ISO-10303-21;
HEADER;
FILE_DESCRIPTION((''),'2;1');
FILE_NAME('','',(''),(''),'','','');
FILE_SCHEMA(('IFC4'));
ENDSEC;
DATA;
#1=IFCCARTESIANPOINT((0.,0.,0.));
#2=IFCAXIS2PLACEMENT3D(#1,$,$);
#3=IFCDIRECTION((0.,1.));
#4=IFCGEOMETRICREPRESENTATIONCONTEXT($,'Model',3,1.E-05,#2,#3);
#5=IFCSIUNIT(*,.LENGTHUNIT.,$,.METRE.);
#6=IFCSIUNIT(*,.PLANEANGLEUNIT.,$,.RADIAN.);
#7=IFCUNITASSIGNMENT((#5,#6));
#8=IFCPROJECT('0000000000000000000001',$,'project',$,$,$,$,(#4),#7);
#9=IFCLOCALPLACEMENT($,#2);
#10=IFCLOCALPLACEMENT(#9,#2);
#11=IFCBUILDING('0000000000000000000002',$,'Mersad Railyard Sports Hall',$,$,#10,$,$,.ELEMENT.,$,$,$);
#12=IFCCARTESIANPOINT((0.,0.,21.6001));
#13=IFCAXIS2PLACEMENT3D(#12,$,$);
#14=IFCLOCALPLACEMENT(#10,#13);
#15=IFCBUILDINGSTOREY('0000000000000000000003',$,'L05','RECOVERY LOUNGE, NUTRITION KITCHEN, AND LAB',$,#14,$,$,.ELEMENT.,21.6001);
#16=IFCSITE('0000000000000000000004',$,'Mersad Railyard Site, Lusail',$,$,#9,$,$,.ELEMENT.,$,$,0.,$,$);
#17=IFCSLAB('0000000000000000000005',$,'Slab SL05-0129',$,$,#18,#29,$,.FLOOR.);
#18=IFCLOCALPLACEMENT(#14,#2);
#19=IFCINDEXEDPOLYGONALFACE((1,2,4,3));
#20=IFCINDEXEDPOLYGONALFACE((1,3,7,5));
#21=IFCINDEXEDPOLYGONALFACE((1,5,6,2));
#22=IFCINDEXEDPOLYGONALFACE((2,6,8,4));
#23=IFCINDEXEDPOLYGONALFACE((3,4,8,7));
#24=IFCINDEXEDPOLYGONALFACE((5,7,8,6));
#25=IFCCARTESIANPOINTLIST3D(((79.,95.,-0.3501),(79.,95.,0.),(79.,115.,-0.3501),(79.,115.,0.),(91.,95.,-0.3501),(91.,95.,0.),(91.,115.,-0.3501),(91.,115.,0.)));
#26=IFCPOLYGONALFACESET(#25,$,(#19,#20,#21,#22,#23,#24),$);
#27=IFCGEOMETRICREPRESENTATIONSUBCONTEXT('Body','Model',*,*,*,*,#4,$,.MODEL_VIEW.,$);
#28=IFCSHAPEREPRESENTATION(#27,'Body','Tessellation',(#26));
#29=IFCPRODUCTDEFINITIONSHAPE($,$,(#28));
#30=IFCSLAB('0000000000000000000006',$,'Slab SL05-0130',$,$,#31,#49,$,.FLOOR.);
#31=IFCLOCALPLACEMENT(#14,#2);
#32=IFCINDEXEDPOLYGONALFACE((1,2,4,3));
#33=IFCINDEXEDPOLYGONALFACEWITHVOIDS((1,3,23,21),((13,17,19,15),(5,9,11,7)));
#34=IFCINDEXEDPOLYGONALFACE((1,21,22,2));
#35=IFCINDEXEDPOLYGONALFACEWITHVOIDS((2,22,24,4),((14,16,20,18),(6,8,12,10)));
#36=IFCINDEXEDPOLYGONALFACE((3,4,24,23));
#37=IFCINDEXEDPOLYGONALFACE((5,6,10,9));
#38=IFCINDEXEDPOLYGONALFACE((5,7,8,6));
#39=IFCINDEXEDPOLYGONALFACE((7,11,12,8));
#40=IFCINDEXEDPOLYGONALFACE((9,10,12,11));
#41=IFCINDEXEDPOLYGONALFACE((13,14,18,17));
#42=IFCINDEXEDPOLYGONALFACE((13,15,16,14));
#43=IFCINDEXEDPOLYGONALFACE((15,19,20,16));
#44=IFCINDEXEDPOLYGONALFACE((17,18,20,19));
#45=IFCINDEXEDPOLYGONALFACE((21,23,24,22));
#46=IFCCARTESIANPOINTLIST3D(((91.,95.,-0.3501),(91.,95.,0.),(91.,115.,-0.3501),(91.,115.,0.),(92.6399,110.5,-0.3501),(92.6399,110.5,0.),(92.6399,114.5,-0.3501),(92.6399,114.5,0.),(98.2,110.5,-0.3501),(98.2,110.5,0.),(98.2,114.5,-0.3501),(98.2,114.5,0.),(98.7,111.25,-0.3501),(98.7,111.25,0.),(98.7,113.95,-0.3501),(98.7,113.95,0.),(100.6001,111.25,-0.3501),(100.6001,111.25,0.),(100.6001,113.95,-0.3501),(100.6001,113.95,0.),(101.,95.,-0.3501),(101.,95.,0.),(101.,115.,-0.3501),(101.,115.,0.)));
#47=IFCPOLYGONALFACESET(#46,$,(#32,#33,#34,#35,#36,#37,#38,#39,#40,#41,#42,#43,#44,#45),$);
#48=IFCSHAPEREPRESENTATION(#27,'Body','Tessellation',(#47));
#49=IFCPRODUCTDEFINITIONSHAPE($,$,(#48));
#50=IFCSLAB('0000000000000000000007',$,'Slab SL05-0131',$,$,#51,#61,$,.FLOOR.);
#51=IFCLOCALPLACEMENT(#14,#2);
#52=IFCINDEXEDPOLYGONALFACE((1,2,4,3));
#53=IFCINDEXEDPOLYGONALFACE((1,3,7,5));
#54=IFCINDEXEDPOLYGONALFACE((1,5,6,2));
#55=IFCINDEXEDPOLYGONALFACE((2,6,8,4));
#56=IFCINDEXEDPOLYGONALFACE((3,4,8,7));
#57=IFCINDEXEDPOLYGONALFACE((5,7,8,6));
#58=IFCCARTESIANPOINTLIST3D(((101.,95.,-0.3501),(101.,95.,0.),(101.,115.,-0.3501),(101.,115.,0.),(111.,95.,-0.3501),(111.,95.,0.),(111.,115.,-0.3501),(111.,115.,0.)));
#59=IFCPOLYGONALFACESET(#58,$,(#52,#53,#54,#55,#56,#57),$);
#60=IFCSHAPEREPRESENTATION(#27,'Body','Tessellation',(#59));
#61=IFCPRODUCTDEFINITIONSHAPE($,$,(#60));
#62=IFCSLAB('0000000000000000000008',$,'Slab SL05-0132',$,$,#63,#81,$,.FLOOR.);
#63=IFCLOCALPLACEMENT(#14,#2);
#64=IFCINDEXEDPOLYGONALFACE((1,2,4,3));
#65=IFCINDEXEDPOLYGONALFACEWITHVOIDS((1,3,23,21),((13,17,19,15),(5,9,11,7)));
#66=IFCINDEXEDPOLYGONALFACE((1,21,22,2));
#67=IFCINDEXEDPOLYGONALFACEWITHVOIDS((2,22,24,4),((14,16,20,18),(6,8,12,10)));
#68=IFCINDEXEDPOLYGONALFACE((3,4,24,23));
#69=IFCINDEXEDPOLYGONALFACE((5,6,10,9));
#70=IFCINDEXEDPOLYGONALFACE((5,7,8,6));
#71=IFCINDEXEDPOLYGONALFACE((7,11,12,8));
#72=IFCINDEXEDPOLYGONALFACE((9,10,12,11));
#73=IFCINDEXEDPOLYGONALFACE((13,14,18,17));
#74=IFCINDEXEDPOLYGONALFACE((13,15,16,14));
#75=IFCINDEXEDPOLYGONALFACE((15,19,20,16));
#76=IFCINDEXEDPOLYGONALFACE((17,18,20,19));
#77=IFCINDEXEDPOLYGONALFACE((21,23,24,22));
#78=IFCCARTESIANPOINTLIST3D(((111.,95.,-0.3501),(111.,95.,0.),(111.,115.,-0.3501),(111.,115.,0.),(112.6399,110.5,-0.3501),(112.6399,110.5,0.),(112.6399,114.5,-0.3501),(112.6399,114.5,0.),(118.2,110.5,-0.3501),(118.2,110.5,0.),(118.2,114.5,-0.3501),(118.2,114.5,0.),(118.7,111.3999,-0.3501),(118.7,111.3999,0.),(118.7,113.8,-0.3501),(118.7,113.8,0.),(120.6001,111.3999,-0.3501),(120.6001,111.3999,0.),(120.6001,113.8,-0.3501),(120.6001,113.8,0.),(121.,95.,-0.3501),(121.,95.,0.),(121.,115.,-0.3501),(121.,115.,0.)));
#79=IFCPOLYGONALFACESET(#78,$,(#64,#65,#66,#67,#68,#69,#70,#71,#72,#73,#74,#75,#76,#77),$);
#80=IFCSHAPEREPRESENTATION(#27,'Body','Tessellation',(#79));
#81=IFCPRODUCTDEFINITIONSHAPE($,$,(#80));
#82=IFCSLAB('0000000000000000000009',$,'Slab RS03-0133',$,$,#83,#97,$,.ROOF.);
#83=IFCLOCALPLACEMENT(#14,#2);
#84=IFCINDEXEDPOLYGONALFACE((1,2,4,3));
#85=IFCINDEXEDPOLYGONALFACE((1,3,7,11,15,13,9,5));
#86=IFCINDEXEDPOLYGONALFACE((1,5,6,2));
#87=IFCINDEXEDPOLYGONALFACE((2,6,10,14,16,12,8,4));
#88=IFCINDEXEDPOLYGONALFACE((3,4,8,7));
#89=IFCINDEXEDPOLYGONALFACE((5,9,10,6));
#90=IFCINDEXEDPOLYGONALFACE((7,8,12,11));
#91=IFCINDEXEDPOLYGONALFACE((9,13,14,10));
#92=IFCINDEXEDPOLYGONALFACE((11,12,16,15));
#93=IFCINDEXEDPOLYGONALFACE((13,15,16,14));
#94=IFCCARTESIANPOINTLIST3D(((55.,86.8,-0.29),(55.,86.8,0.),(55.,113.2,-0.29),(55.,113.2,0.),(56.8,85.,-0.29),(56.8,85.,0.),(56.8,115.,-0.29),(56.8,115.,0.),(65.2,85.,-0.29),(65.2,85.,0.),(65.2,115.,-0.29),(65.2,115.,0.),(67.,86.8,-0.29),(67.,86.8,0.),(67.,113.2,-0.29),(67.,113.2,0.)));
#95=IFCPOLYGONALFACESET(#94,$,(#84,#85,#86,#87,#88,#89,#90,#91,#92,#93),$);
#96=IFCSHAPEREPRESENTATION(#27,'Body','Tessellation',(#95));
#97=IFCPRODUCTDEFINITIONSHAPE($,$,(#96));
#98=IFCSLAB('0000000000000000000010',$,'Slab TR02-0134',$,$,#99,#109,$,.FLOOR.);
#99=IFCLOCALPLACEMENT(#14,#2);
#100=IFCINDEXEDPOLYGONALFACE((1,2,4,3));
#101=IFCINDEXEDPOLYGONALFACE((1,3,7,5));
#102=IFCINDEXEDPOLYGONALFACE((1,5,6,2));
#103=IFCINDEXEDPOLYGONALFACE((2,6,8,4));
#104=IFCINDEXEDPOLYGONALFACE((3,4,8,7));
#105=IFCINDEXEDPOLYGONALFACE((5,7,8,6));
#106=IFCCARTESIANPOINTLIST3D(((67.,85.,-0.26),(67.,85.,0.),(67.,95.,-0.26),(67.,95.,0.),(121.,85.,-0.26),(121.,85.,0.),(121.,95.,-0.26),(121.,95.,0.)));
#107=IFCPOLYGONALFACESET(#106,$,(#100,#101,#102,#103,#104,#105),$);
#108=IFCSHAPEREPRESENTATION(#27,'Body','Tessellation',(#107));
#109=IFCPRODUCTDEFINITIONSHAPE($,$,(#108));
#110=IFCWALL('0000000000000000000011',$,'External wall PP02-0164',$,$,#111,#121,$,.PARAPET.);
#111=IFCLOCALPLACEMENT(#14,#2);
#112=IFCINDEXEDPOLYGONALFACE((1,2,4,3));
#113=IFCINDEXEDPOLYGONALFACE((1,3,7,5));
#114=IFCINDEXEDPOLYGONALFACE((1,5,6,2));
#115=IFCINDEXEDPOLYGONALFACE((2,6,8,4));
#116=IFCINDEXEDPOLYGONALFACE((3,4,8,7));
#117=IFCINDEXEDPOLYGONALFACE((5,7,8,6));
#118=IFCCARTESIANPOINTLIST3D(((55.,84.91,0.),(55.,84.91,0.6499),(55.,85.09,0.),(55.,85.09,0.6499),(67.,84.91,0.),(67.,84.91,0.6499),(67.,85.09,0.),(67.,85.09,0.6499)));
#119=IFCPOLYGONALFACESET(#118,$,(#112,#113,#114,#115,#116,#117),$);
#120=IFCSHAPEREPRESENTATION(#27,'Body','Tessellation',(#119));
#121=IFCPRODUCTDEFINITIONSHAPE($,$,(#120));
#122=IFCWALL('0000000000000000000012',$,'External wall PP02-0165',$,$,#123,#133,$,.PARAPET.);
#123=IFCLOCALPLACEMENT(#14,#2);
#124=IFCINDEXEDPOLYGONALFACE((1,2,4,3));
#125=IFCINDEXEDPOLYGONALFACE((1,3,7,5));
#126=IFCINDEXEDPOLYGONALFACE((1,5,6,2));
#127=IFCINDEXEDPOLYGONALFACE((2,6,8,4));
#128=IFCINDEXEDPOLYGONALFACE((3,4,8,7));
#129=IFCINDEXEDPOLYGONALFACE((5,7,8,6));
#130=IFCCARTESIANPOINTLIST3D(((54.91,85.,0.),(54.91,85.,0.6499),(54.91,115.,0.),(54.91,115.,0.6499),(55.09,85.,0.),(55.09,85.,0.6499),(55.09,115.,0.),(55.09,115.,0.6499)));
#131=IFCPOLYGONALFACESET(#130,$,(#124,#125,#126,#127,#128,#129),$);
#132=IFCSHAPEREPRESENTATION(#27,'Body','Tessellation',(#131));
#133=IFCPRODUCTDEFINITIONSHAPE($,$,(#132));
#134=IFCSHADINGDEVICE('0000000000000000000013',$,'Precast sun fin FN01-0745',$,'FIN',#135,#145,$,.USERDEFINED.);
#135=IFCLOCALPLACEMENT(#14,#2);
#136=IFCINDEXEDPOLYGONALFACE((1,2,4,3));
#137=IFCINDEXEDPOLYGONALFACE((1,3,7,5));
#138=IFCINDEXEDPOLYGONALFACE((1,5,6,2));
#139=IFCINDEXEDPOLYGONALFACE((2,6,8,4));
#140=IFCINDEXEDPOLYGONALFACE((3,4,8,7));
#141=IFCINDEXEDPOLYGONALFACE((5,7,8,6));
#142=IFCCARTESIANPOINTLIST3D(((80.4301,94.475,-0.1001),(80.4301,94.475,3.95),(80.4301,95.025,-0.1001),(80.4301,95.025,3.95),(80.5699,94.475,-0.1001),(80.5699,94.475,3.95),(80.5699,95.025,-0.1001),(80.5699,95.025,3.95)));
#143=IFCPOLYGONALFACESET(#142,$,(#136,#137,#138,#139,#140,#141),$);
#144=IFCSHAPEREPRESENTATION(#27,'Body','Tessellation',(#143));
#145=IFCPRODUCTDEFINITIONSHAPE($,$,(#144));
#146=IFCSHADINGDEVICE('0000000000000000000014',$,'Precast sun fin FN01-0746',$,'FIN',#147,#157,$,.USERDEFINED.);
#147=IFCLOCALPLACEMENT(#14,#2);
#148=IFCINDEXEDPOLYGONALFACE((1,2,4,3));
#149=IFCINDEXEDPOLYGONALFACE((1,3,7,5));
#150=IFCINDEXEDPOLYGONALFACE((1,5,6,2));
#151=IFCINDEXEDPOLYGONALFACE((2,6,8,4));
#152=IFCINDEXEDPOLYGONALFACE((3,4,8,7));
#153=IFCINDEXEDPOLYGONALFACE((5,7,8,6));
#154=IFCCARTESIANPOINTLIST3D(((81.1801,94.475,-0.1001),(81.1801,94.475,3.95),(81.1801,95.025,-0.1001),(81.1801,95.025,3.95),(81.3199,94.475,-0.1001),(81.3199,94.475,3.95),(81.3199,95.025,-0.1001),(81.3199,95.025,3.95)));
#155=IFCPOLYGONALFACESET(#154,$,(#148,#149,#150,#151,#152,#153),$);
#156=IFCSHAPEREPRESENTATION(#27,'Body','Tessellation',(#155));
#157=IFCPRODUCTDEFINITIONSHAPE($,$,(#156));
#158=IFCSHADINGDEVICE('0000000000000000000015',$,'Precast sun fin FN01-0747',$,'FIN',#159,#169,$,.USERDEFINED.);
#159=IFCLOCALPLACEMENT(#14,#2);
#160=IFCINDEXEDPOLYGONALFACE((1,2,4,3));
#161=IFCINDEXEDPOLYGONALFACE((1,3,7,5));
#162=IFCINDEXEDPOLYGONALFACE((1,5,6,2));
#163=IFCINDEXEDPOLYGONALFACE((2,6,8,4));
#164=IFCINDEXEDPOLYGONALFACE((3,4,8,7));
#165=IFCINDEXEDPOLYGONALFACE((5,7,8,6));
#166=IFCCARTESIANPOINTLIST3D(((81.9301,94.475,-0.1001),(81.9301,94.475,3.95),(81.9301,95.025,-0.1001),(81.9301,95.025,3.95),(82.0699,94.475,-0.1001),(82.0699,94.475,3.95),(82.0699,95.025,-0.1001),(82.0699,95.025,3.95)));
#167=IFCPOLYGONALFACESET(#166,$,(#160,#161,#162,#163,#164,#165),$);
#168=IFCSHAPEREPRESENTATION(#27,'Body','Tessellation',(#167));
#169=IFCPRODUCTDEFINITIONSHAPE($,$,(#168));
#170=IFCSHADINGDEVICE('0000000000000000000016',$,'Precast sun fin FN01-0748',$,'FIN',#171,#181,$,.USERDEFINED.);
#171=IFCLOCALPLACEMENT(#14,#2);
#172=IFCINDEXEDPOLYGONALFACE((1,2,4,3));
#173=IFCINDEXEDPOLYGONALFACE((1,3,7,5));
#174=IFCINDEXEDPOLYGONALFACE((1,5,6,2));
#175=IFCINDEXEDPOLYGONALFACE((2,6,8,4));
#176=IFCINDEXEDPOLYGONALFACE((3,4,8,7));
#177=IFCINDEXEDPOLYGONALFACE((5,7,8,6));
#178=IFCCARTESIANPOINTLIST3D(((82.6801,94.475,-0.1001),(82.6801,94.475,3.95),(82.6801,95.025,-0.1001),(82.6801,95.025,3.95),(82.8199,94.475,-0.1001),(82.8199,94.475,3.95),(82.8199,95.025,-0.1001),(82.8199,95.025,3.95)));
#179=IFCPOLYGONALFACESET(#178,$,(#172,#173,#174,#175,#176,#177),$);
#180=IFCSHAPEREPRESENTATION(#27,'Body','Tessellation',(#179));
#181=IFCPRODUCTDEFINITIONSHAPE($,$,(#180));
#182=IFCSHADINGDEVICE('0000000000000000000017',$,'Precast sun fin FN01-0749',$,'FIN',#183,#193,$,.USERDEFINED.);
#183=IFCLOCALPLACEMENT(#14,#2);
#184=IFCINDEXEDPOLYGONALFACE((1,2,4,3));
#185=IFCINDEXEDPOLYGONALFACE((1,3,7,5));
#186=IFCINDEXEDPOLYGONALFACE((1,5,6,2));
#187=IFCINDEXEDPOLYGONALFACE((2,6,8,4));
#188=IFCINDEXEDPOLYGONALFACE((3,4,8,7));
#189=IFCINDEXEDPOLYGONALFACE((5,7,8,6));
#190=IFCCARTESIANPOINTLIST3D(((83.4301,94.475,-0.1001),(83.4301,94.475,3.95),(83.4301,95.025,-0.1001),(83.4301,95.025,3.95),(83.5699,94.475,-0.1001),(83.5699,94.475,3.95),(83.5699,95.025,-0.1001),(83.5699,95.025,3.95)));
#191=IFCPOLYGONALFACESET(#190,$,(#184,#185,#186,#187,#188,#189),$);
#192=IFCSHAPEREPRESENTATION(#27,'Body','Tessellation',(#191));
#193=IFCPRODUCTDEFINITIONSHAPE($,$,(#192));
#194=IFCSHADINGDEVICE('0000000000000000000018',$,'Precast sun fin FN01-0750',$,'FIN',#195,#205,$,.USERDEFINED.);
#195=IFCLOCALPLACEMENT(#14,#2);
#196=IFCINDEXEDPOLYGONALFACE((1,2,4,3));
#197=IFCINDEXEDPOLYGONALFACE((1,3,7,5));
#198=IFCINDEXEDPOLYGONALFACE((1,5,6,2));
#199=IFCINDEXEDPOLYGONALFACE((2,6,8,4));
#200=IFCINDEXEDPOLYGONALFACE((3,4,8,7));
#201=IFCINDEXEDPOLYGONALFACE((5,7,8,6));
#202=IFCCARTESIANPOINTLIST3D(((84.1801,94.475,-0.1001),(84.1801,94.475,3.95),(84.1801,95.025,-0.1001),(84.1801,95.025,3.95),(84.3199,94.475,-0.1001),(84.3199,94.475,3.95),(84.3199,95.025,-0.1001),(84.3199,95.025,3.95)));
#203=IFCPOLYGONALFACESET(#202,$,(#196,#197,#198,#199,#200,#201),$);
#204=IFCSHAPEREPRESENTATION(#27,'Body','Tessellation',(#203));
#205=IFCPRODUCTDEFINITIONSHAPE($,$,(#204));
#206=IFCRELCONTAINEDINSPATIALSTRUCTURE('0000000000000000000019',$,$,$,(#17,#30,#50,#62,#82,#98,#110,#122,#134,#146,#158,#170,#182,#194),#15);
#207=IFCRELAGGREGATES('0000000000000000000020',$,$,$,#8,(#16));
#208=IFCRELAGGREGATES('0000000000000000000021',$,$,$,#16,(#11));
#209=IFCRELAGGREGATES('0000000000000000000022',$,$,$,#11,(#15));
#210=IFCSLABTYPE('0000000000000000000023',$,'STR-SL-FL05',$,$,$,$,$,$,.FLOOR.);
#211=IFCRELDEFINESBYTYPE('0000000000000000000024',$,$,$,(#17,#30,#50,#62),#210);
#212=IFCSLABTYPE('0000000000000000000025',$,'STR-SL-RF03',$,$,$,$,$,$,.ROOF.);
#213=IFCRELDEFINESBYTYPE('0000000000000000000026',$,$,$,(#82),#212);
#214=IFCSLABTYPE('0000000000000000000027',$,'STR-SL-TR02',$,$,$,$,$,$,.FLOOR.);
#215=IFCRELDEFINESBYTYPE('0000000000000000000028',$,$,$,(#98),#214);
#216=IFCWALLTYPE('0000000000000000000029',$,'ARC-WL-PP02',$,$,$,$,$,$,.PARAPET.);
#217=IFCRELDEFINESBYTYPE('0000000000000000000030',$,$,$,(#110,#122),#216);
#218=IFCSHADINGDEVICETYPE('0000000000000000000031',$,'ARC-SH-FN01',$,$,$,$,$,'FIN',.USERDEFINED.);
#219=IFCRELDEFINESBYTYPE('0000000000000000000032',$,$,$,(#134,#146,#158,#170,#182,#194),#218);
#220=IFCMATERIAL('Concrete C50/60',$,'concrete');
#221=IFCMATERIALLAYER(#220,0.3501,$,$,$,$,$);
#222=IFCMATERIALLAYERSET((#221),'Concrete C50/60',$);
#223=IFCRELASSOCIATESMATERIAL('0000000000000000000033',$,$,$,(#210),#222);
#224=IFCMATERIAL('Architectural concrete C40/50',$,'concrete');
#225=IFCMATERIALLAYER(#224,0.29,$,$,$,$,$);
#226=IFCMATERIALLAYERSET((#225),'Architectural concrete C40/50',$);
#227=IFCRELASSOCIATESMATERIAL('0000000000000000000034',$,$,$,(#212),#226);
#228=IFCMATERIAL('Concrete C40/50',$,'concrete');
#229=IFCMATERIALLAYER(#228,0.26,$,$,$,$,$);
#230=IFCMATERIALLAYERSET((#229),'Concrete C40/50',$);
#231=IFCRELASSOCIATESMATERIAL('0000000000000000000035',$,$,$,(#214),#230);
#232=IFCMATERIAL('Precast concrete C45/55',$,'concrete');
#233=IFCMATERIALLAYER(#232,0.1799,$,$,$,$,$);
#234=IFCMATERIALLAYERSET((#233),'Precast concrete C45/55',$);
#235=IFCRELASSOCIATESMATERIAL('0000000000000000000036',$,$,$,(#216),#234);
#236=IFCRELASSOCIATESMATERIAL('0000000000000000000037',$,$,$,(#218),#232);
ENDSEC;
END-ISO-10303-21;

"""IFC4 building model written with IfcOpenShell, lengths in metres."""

from ifc_helpers import new_model, si_unit, direction, frame, frame_2d, origin, origin_2d, place, context, subcontext, project, spatial, polyline, rectangle, outline, extrude, material, layer, layer_set, type_object, element, save


model = new_model("IFC4")

# Units and contexts
model_context = context("Model", 3, precision=1e-05, world=origin(), true_north=direction((0.0, 1.0)))
body_context = subcontext(model_context, "Body", "Model", "MODEL_VIEW")
ifc_project = project(units=[si_unit("LENGTHUNIT", "METRE"), si_unit("PLANEANGLEUNIT", "RADIAN")], contexts=[model_context])

# Site, building, storey
site_placement = place(None, origin())
site = spatial("IfcSite", under=ifc_project, at=site_placement, Name="Mersad Railyard Site, Lusail", CompositionType="ELEMENT", RefElevation=0.0)
building_placement = place(site_placement, origin())
building = spatial("IfcBuilding", under=site, at=building_placement, Name="Mersad Railyard Sports Hall", CompositionType="ELEMENT")
storey_placement = place(building_placement, frame((0.0, 0.0, 21.6001)))
storey = spatial("IfcBuildingStorey", under=building, at=storey_placement, Name="L05", Description="RECOVERY LOUNGE, NUTRITION KITCHEN, AND LAB", CompositionType="ELEMENT", Elevation=21.6001)

# Shared definitions
ifc_material_1 = material(Name="Concrete C40/50", Category="concrete")

# Slabs
ifc_material_2 = material(Name="Concrete C50/60", Category="concrete")
ifc_layer_1 = layer(ifc_material_2, 0.3501)
ifc_layer_set_1 = layer_set([ifc_layer_1], Name="Concrete C50/60")
slab_type_1 = type_object("IfcSlabType", Name="STR-SL-FL05", PredefinedType="FLOOR", material=ifc_layer_set_1)
slab_1_placement = place(storey_placement, frame((0.0, 0.0, -0.3501)))
element("IfcSlab", 1, at=slab_1_placement, inside=storey, type_object=slab_type_1, Name="Slab SL05-0129", PredefinedType="FLOOR", context=body_context, shape_type="SweptSolid", body=[
    extrude(outline(polyline([(79.0, 95.0), (91.0, 95.0), (91.0, 115.0), (79.0, 115.0), (79.0, 95.0)])), origin(), (0.0, 0.0, 1.0), 0.3501),
])
slab_2_placement = place(storey_placement, frame((0.0, 0.0, -0.3501)))
element("IfcSlab", 2, at=slab_2_placement, inside=storey, type_object=slab_type_1, Name="Slab SL05-0130", PredefinedType="FLOOR", context=body_context, shape_type="SweptSolid", body=[
    extrude(outline(polyline([(91.0, 95.0), (101.0, 95.0), (101.0, 115.0), (91.0, 115.0), (91.0, 95.0)]), holes=[polyline([(92.6399, 110.5), (98.2, 110.5), (98.2, 114.5), (92.6399, 114.5), (92.6399, 110.5)]), polyline([(98.7, 111.25), (100.6001, 111.25), (100.6001, 113.95), (98.7, 113.95), (98.7, 111.25)])]), origin(), (0.0, 0.0, 1.0), 0.3501),
])
slab_3_placement = place(storey_placement, frame((0.0, 0.0, -0.3501)))
element("IfcSlab", 3, at=slab_3_placement, inside=storey, type_object=slab_type_1, Name="Slab SL05-0131", PredefinedType="FLOOR", context=body_context, shape_type="SweptSolid", body=[
    extrude(outline(polyline([(101.0, 95.0), (111.0, 95.0), (111.0, 115.0), (101.0, 115.0), (101.0, 95.0)])), origin(), (0.0, 0.0, 1.0), 0.3501),
])
slab_4_placement = place(storey_placement, frame((0.0, 0.0, -0.3501)))
element("IfcSlab", 4, at=slab_4_placement, inside=storey, type_object=slab_type_1, Name="Slab SL05-0132", PredefinedType="FLOOR", context=body_context, shape_type="SweptSolid", body=[
    extrude(outline(polyline([(111.0, 95.0), (121.0, 95.0), (121.0, 115.0), (111.0, 115.0), (111.0, 95.0)]), holes=[polyline([(112.6399, 110.5), (118.2, 110.5), (118.2, 114.5), (112.6399, 114.5), (112.6399, 110.5)]), polyline([(118.7, 111.3999), (120.6001, 111.3999), (120.6001, 113.8), (118.7, 113.8), (118.7, 111.3999)])]), origin(), (0.0, 0.0, 1.0), 0.3501),
])
ifc_material_3 = material(Name="Architectural concrete C40/50", Category="concrete")
ifc_layer_2 = layer(ifc_material_3, 0.29)
ifc_layer_set_2 = layer_set([ifc_layer_2], Name="Architectural concrete C40/50")
slab_type_2 = type_object("IfcSlabType", Name="STR-SL-RF03", PredefinedType="ROOF", material=ifc_layer_set_2)
slab_5_placement = place(storey_placement, frame((0.0, 0.0, -0.29)))
element("IfcSlab", 5, at=slab_5_placement, inside=storey, type_object=slab_type_2, Name="Slab RS03-0133", PredefinedType="ROOF", context=body_context, shape_type="SweptSolid", body=[
    extrude(outline(polyline([(56.8, 85.0), (65.2, 85.0), (67.0, 86.8), (67.0, 113.2), (65.2, 115.0), (56.8, 115.0), (55.0, 113.2), (55.0, 86.8), (56.8, 85.0)])), origin(), (0.0, 0.0, 1.0), 0.29),
])
ifc_layer_3 = layer(ifc_material_1, 0.26)
ifc_layer_set_3 = layer_set([ifc_layer_3], Name="Concrete C40/50")
slab_type_3 = type_object("IfcSlabType", Name="STR-SL-TR02", PredefinedType="FLOOR", material=ifc_layer_set_3)
slab_6_placement = place(storey_placement, frame((0.0, 0.0, -0.26)))
element("IfcSlab", 6, at=slab_6_placement, inside=storey, type_object=slab_type_3, Name="Slab TR02-0134", PredefinedType="FLOOR", context=body_context, shape_type="SweptSolid", body=[
    extrude(outline(polyline([(67.0, 85.0), (121.0, 85.0), (121.0, 95.0), (67.0, 95.0), (67.0, 85.0)])), origin(), (0.0, 0.0, 1.0), 0.26),
])

# Walls
ifc_material_4 = material(Name="Precast concrete C45/55", Category="concrete")
ifc_layer_4 = layer(ifc_material_4, 0.1799)
ifc_layer_set_4 = layer_set([ifc_layer_4], Name="Precast concrete C45/55")
wall_type = type_object("IfcWallType", Name="ARC-WL-PP02", PredefinedType="PARAPET", material=ifc_layer_set_4)
wall_1_placement = place(storey_placement, frame((55.0, 85.0, 0.0), z_axis=(0.0, 0.0, 1.0), x_axis=(1.0, 0.0, 0.0)))
element("IfcWall", 7, at=wall_1_placement, inside=storey, type_object=wall_type, Name="External wall PP02-0164", PredefinedType="PARAPET", context=body_context, shape_type="SweptSolid", body=[
    extrude(rectangle(XDim=12.0, YDim=0.1799, at=frame_2d((6.0, 0.0))), origin(), (0.0, 0.0, 1.0), 0.6499),
])
wall_2_placement = place(storey_placement, frame((55.0, 85.0, 0.0), z_axis=(0.0, 0.0, 1.0), x_axis=(0.0, 1.0, 0.0)))
element("IfcWall", 8, at=wall_2_placement, inside=storey, type_object=wall_type, Name="External wall PP02-0165", PredefinedType="PARAPET", context=body_context, shape_type="SweptSolid", body=[
    extrude(rectangle(XDim=30.0, YDim=0.1799, at=frame_2d((15.0, 0.0))), origin(), (0.0, 0.0, 1.0), 0.6499),
])

# Shading devices
shading_device_type = type_object("IfcShadingDeviceType", Name="ARC-SH-FN01", ElementType="FIN", PredefinedType="USERDEFINED", material=ifc_material_4)
for number, where, z_axis, x_axis, name in (
    (9, (80.5, 94.75, -0.1001), (0.0, 0.0, 1.0), (1.0, 0.0, 0.0), "Precast sun fin FN01-0745"),
    (10, (81.25, 94.75, -0.1001), (0.0, 0.0, 1.0), (1.0, 0.0, 0.0), "Precast sun fin FN01-0746"),
    (11, (82.0, 94.75, -0.1001), (0.0, 0.0, 1.0), (1.0, 0.0, 0.0), "Precast sun fin FN01-0747"),
    (12, (82.75, 94.75, -0.1001), (0.0, 0.0, 1.0), (1.0, 0.0, 0.0), "Precast sun fin FN01-0748"),
    (13, (83.5, 94.75, -0.1001), (0.0, 0.0, 1.0), (1.0, 0.0, 0.0), "Precast sun fin FN01-0749"),
    (14, (84.25, 94.75, -0.1001), (0.0, 0.0, 1.0), (1.0, 0.0, 0.0), "Precast sun fin FN01-0750"),
):
    element("IfcShadingDevice", number, at=place(storey_placement, frame(where, z_axis=z_axis, x_axis=x_axis)), inside=storey, type_object=shading_device_type, Name=name, ObjectType="FIN", PredefinedType="USERDEFINED", context=body_context, shape_type="SweptSolid", body=[
        extrude(rectangle(XDim=0.1399, YDim=0.55, at=origin_2d()), origin(), (0.0, 0.0, 1.0), 4.05),
    ])

save(model, "model.ifc")
